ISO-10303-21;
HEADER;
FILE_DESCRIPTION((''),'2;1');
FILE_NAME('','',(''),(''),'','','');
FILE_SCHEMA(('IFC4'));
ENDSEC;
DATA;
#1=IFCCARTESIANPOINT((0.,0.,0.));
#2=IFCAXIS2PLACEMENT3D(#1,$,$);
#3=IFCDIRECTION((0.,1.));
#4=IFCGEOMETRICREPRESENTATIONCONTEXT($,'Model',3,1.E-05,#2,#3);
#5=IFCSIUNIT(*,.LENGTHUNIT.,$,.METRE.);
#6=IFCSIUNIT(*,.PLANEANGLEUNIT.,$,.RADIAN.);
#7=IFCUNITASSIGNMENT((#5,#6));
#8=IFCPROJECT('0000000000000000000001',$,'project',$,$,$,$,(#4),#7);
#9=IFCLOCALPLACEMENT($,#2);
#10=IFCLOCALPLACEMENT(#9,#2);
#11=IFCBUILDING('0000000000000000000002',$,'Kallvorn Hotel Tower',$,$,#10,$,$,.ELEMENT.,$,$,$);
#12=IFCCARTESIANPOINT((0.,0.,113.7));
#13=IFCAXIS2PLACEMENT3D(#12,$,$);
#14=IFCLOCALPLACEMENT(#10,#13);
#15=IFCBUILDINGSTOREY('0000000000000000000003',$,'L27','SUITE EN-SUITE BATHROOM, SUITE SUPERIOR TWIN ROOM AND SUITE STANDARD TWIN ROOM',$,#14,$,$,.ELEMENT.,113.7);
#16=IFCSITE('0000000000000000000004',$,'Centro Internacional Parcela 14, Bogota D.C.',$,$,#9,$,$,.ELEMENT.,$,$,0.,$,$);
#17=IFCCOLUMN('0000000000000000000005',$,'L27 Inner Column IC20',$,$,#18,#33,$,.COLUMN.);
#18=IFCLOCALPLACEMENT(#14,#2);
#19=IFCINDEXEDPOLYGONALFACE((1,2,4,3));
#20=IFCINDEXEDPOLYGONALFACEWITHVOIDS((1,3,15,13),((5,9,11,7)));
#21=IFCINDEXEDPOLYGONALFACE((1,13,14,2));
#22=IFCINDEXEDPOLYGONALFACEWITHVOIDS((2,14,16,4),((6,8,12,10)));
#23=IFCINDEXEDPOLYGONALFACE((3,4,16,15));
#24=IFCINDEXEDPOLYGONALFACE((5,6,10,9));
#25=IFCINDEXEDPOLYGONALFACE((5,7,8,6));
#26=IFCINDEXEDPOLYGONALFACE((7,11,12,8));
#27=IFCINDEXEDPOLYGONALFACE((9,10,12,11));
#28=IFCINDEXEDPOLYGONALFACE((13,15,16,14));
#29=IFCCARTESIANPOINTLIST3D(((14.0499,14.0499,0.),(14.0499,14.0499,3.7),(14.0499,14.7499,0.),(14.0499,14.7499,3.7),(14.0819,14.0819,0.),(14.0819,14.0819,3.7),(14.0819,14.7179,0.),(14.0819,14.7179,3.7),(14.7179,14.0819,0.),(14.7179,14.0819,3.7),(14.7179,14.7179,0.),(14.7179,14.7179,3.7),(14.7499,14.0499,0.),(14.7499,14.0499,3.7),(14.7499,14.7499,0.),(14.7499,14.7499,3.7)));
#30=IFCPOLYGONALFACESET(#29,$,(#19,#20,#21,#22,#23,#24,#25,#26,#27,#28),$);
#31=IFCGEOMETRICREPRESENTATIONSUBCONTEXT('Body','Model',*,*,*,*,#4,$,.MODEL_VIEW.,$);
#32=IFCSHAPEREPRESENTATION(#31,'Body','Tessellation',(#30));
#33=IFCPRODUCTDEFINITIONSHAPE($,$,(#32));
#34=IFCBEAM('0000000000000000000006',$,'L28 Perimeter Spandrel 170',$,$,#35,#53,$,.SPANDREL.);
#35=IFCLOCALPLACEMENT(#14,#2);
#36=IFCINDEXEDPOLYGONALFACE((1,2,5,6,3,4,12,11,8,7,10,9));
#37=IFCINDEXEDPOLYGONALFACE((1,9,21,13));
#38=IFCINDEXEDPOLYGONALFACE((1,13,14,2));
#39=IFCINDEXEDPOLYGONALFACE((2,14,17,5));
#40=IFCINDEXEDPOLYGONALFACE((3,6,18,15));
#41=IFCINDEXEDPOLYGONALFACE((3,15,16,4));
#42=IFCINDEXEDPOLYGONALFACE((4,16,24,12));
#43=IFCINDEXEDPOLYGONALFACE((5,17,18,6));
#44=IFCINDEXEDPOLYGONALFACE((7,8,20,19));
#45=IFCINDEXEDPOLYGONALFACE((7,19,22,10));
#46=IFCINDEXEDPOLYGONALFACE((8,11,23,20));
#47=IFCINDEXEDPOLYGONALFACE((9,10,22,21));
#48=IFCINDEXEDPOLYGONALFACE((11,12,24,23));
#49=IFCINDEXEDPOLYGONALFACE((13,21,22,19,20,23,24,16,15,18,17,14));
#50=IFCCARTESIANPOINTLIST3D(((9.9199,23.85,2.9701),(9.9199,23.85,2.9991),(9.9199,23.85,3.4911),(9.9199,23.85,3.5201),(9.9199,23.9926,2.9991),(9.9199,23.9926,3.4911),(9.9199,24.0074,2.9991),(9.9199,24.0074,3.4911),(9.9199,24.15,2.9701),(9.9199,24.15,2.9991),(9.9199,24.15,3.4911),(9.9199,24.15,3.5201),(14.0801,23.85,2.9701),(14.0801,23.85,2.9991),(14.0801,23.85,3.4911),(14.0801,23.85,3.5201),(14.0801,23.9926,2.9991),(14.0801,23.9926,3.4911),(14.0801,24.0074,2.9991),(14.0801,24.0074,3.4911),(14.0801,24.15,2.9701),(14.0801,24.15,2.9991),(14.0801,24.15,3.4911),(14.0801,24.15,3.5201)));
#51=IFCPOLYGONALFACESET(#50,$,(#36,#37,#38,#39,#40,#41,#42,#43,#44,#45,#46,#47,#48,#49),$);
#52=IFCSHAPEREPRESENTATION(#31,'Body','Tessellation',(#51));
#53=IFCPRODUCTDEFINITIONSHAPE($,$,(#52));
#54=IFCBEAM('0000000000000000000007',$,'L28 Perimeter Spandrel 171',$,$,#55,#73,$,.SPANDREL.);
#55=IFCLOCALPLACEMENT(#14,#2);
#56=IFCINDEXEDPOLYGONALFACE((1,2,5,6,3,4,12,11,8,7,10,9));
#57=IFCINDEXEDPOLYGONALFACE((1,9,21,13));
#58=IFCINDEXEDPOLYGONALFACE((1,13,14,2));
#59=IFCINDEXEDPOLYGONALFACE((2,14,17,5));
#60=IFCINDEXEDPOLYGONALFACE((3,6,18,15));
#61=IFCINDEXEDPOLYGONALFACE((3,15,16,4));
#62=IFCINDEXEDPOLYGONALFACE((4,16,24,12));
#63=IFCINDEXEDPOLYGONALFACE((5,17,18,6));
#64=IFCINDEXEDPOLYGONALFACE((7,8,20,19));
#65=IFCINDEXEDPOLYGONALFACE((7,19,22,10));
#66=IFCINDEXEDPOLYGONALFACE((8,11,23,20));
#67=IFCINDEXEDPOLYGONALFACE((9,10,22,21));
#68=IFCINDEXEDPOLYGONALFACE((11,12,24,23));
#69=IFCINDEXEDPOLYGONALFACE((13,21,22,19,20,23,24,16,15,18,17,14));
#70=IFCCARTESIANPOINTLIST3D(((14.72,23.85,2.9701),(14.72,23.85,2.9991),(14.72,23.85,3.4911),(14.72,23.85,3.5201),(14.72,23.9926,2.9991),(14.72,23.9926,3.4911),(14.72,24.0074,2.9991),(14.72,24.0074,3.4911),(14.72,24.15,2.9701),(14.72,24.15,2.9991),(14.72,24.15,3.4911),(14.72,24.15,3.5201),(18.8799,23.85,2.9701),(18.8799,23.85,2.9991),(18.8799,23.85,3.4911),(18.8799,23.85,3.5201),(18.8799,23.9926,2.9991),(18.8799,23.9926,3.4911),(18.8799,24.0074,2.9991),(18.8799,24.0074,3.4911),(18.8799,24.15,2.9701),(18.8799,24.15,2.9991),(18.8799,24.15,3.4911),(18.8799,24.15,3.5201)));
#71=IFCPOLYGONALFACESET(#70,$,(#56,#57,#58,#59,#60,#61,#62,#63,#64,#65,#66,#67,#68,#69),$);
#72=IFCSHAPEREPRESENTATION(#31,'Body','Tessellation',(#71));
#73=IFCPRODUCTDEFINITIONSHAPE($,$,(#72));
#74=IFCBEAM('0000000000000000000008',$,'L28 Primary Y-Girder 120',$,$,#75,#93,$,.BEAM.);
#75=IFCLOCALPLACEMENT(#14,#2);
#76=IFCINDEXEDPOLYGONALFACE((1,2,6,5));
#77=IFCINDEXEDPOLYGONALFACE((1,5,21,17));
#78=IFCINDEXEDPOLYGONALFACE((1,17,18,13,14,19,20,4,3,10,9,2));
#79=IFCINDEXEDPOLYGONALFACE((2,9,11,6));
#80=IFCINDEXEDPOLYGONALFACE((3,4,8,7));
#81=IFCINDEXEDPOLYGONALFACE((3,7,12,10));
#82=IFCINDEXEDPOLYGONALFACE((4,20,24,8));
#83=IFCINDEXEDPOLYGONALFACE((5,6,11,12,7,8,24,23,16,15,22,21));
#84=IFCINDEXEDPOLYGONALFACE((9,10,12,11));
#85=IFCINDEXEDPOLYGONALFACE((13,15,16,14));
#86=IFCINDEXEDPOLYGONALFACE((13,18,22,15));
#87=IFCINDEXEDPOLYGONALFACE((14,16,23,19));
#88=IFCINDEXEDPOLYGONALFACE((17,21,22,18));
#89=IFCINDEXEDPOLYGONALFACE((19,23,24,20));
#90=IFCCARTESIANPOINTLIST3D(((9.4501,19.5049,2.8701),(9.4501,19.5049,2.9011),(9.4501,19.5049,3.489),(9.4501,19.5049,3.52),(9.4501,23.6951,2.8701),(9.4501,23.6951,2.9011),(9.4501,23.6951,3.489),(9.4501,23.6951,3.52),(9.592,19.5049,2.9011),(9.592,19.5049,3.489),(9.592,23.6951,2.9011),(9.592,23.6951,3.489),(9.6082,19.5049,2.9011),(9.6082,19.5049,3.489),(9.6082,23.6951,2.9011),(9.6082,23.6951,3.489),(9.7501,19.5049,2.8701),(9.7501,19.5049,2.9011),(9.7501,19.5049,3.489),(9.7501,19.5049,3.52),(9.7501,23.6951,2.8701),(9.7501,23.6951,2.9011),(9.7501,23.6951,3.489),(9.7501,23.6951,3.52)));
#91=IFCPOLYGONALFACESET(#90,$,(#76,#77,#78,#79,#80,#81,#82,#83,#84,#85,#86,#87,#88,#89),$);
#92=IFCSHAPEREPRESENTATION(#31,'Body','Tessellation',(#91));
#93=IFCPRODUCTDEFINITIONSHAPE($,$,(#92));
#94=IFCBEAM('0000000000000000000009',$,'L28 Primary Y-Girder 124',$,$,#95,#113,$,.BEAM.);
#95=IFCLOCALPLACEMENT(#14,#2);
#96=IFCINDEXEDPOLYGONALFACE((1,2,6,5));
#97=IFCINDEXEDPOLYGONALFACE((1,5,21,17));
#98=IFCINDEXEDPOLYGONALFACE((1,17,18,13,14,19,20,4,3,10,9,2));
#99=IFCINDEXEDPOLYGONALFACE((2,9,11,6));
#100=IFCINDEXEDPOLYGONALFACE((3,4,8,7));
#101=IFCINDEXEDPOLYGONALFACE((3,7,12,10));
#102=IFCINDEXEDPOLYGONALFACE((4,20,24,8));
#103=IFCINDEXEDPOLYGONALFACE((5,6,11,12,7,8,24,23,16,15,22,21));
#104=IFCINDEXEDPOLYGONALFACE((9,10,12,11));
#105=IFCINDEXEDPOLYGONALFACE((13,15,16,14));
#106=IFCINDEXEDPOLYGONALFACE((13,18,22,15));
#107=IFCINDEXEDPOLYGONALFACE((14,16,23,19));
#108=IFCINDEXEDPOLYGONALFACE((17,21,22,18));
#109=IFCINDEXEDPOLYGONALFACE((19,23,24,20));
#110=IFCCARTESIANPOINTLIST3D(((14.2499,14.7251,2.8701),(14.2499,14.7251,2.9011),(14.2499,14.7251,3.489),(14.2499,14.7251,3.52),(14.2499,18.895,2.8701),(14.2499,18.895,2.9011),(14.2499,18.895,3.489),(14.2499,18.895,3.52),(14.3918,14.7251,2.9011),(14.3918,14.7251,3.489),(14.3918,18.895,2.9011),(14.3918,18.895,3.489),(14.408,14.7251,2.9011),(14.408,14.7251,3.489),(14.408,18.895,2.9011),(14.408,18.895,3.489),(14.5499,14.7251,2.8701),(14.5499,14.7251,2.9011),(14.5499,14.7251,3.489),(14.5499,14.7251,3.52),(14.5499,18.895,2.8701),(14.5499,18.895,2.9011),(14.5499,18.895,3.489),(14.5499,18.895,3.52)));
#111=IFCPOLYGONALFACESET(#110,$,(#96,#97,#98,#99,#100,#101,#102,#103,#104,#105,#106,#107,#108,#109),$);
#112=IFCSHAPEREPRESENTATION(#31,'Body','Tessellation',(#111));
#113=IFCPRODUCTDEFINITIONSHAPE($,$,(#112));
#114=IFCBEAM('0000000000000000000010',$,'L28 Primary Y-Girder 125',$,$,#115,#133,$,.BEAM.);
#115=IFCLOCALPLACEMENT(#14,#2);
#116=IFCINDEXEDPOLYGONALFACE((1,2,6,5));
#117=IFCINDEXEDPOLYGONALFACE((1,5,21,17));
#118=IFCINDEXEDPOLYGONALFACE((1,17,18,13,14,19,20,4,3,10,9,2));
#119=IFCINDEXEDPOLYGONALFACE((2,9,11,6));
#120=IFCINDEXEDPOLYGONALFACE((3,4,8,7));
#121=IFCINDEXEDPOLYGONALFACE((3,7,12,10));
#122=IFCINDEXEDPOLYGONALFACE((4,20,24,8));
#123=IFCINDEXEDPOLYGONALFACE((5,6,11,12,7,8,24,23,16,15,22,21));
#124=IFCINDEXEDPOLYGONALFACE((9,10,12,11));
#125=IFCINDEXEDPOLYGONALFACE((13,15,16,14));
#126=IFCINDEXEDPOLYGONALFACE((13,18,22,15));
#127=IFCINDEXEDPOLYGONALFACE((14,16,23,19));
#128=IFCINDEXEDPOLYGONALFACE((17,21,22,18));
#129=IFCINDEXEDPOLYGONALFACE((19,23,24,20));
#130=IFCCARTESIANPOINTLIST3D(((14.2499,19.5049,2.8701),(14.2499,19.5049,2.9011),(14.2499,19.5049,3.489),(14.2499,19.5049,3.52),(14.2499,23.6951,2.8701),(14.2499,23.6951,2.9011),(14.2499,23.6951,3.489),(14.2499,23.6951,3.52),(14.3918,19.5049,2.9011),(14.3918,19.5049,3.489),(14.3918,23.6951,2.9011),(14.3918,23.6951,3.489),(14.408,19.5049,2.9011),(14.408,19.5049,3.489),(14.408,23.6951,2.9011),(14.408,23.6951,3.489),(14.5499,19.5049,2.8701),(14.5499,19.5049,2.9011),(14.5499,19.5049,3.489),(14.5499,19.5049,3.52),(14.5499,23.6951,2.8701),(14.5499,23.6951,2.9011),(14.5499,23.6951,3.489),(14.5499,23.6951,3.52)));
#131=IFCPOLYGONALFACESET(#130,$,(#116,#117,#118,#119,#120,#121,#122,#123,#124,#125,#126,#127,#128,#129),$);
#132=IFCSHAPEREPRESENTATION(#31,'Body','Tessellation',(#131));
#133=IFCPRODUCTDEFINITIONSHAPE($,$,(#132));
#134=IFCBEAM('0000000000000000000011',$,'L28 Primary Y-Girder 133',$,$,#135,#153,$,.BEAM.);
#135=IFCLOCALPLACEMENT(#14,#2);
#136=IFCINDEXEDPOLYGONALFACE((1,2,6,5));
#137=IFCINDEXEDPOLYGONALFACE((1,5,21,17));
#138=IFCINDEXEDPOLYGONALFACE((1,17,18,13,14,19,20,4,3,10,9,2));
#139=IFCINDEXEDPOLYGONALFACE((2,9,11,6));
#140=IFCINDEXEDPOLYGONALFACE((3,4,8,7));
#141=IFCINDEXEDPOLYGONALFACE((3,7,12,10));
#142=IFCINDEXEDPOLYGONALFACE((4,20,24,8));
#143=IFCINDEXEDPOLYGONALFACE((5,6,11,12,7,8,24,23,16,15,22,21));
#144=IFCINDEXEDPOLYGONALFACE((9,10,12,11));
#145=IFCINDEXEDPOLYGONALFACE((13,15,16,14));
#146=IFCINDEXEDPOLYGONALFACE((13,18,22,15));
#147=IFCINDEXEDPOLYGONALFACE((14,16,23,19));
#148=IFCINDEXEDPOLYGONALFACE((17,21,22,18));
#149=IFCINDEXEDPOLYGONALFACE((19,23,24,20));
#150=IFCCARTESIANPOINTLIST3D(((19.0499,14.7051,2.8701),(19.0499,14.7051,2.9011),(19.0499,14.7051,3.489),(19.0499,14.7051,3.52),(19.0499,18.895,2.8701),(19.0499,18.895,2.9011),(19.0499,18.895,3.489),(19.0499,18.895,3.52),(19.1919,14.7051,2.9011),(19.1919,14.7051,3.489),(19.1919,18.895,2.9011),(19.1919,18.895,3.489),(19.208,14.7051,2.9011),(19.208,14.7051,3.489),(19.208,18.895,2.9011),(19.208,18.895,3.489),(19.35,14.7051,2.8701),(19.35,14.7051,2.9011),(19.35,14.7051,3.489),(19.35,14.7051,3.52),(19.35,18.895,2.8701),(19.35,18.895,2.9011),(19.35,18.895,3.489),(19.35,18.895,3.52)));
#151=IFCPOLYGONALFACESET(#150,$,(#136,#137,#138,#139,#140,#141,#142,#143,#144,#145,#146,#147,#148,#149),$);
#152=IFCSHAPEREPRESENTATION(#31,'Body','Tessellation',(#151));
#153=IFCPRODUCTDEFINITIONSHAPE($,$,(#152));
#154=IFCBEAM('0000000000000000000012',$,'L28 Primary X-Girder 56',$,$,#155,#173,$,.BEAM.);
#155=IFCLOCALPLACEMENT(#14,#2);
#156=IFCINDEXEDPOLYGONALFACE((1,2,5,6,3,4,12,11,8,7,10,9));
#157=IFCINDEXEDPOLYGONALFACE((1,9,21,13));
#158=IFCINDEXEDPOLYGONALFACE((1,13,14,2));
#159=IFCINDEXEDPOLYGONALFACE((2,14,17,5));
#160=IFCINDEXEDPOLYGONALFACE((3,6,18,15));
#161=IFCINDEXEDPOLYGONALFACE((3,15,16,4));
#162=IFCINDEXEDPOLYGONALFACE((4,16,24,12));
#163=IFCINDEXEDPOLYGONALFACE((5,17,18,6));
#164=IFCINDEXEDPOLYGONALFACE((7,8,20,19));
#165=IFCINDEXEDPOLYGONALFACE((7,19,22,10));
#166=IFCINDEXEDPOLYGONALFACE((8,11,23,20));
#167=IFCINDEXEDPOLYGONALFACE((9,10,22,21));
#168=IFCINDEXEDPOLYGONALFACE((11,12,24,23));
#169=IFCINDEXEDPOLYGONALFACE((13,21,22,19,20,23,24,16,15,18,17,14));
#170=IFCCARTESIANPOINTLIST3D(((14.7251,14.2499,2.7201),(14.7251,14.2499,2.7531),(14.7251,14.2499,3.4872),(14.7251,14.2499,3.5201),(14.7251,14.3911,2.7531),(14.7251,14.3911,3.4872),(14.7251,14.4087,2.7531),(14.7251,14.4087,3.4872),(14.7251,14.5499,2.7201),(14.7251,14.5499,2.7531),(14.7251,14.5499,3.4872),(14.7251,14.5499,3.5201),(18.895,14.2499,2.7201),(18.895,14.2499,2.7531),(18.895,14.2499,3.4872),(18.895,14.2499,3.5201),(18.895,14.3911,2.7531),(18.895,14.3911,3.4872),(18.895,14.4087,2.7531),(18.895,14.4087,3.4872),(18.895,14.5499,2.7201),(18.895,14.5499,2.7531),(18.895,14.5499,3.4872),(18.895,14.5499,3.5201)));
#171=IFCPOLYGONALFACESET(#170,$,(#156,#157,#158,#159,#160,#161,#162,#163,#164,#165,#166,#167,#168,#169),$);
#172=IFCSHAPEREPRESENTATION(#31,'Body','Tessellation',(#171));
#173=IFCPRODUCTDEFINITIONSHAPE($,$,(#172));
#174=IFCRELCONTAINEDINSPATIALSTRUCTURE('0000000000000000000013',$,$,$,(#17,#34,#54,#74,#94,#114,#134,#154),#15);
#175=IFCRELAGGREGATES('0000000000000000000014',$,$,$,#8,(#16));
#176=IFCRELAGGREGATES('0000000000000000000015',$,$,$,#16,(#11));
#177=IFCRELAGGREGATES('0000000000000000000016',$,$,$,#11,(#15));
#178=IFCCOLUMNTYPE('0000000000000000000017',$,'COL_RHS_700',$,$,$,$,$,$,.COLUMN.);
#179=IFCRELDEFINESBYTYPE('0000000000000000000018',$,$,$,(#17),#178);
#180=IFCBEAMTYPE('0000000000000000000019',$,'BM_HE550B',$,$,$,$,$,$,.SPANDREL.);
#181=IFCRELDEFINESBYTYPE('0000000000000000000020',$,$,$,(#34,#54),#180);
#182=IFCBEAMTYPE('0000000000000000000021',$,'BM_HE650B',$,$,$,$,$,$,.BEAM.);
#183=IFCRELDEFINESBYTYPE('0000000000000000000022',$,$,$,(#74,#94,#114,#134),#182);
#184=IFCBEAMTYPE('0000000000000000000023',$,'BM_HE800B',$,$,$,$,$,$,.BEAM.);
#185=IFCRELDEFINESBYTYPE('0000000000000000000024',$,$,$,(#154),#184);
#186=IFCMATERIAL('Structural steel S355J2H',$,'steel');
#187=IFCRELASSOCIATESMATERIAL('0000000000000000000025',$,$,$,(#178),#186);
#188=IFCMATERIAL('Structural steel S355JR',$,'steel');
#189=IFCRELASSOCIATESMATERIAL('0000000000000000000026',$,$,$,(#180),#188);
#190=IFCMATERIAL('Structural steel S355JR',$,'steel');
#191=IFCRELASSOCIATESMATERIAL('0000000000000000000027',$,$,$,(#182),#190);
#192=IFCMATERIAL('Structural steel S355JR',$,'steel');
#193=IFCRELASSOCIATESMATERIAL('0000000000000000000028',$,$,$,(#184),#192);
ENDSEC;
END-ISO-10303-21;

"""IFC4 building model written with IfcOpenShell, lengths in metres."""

from ifc_helpers import new_model, si_unit, direction, frame, origin, origin_2d, place, context, subcontext, project, spatial, hollow_rectangle, i_section, extrude, material, material_profile, profile_set, type_object, element, save


model = new_model("IFC4")

# Units and contexts
model_context = context("Model", 3, precision=1e-05, world=origin(), true_north=direction((0.0, 1.0)))
body_context = subcontext(model_context, "Body", "Model", "MODEL_VIEW")
ifc_project = project(units=[si_unit("LENGTHUNIT", "METRE"), si_unit("PLANEANGLEUNIT", "RADIAN")], contexts=[model_context])

# Site, building, storey
site_placement = place(None, origin())
site = spatial("IfcSite", under=ifc_project, at=site_placement, Name="Centro Internacional Parcela 14, Bogota D.C.", CompositionType="ELEMENT", RefElevation=0.0)
building_placement = place(site_placement, origin())
building = spatial("IfcBuilding", under=site, at=building_placement, Name="Kallvorn Hotel Tower", CompositionType="ELEMENT")
storey_placement = place(building_placement, frame((0.0, 0.0, 113.7)))
storey = spatial("IfcBuildingStorey", under=building, at=storey_placement, Name="L27", Description="SUITE EN-SUITE BATHROOM, SUITE SUPERIOR TWIN ROOM AND SUITE STANDARD TWIN ROOM", CompositionType="ELEMENT", Elevation=113.7)

# Column
ifc_material_1 = material(Name="Structural steel S355J2H", Category="steel")
ifc_material_profile_1 = material_profile(ifc_material_1, hollow_rectangle(XDim=0.7, YDim=0.7, WallThickness=0.032, at=origin_2d()), Name="RHS 700x700x32")
ifc_profile_set_1 = profile_set([ifc_material_profile_1], Name="Structural steel S355J2H")
column_type_1 = type_object("IfcColumnType", Name="COL_RHS_700", PredefinedType="COLUMN", material=ifc_profile_set_1)
column_placement = place(storey_placement, frame((14.3999, 14.3999, 0.0), z_axis=(0.0, 0.0, 1.0), x_axis=(1.0, 0.0, 0.0)))
element("IfcColumn", 1, at=column_placement, inside=storey, type_object=column_type_1, Name="L27 Inner Column IC20", PredefinedType="COLUMN", context=body_context, shape_type="SweptSolid", body=[
    extrude(hollow_rectangle(XDim=0.7, YDim=0.7, WallThickness=0.032, at=origin_2d()), origin(), (0.0, 0.0, 1.0), 3.7),
])

# Beams
ifc_material_2 = material(Name="Structural steel S355JR", Category="steel")
ifc_material_profile_2 = material_profile(ifc_material_2, i_section(OverallWidth=0.3, OverallDepth=0.55, WebThickness=0.0149, FlangeThickness=0.0291, at=origin_2d()), Name="HE 550 B")
ifc_profile_set_2 = profile_set([ifc_material_profile_2], Name="Structural steel S355JR")
beam_type_1 = type_object("IfcBeamType", Name="BM_HE550B", PredefinedType="SPANDREL", material=ifc_profile_set_2)
beam_1_placement = place(storey_placement, frame((9.9199, 24.0, 3.2451), z_axis=(1.0, 0.0, 0.0), x_axis=(0.0, 1.0, 0.0)))
element("IfcBeam", 2, at=beam_1_placement, inside=storey, type_object=beam_type_1, Name="L28 Perimeter Spandrel 170", PredefinedType="SPANDREL", context=body_context, shape_type="SweptSolid", body=[
    extrude(i_section(OverallWidth=0.3, OverallDepth=0.55, WebThickness=0.0149, FlangeThickness=0.0291, at=origin_2d()), origin(), (0.0, 0.0, 1.0), 4.1602),
])
beam_2_placement = place(storey_placement, frame((14.72, 24.0, 3.2451), z_axis=(1.0, 0.0, 0.0), x_axis=(0.0, 1.0, 0.0)))
element("IfcBeam", 3, at=beam_2_placement, inside=storey, type_object=beam_type_1, Name="L28 Perimeter Spandrel 171", PredefinedType="SPANDREL", context=body_context, shape_type="SweptSolid", body=[
    extrude(i_section(OverallWidth=0.3, OverallDepth=0.55, WebThickness=0.0149, FlangeThickness=0.0291, at=origin_2d()), origin(), (0.0, 0.0, 1.0), 4.1599),
])
ifc_material_3 = material(Name="Structural steel S355JR", Category="steel")
ifc_material_profile_3 = material_profile(ifc_material_3, i_section(OverallWidth=0.3, OverallDepth=0.6499, WebThickness=0.0161, FlangeThickness=0.031, at=origin_2d()), Name="HE 650 B")
ifc_profile_set_3 = profile_set([ifc_material_profile_3], Name="Structural steel S355JR")
beam_type_2 = type_object("IfcBeamType", Name="BM_HE650B", PredefinedType="BEAM", material=ifc_profile_set_3)
beam_3_placement = place(storey_placement, frame((9.6001, 19.5049, 3.1951), z_axis=(0.0, 1.0, 0.0), x_axis=(-1.0, 0.0, 0.0)))
element("IfcBeam", 4, at=beam_3_placement, inside=storey, type_object=beam_type_2, Name="L28 Primary Y-Girder 120", PredefinedType="BEAM", context=body_context, shape_type="SweptSolid", body=[
    extrude(i_section(OverallWidth=0.3, OverallDepth=0.6499, WebThickness=0.0161, FlangeThickness=0.031, at=origin_2d()), origin(), (0.0, 0.0, 1.0), 4.1902),
])
beam_4_placement = place(storey_placement, frame((14.3999, 14.7251, 3.1951), z_axis=(0.0, 1.0, 0.0), x_axis=(-1.0, 0.0, 0.0)))
element("IfcBeam", 5, at=beam_4_placement, inside=storey, type_object=beam_type_2, Name="L28 Primary Y-Girder 124", PredefinedType="BEAM", context=body_context, shape_type="SweptSolid", body=[
    extrude(i_section(OverallWidth=0.3, OverallDepth=0.6499, WebThickness=0.0161, FlangeThickness=0.031, at=origin_2d()), origin(), (0.0, 0.0, 1.0), 4.1699),
])
beam_5_placement = place(storey_placement, frame((14.3999, 19.5049, 3.1951), z_axis=(0.0, 1.0, 0.0), x_axis=(-1.0, 0.0, 0.0)))
element("IfcBeam", 6, at=beam_5_placement, inside=storey, type_object=beam_type_2, Name="L28 Primary Y-Girder 125", PredefinedType="BEAM", context=body_context, shape_type="SweptSolid", body=[
    extrude(i_section(OverallWidth=0.3, OverallDepth=0.6499, WebThickness=0.0161, FlangeThickness=0.031, at=origin_2d()), origin(), (0.0, 0.0, 1.0), 4.1902),
])
beam_6_placement = place(storey_placement, frame((19.2, 14.7051, 3.1951), z_axis=(0.0, 1.0, 0.0), x_axis=(-1.0, 0.0, 0.0)))
element("IfcBeam", 7, at=beam_6_placement, inside=storey, type_object=beam_type_2, Name="L28 Primary Y-Girder 133", PredefinedType="BEAM", context=body_context, shape_type="SweptSolid", body=[
    extrude(i_section(OverallWidth=0.3, OverallDepth=0.6499, WebThickness=0.0161, FlangeThickness=0.031, at=origin_2d()), origin(), (0.0, 0.0, 1.0), 4.1899),
])
ifc_material_4 = material(Name="Structural steel S355JR", Category="steel")
ifc_material_profile_4 = material_profile(ifc_material_4, i_section(OverallWidth=0.3, OverallDepth=0.8, WebThickness=0.0176, FlangeThickness=0.033, at=origin_2d()), Name="HE 800 B")
ifc_profile_set_4 = profile_set([ifc_material_profile_4], Name="Structural steel S355JR")
beam_type_3 = type_object("IfcBeamType", Name="BM_HE800B", PredefinedType="BEAM", material=ifc_profile_set_4)
beam_7_placement = place(storey_placement, frame((14.7251, 14.3999, 3.1201), z_axis=(1.0, 0.0, 0.0), x_axis=(0.0, 1.0, 0.0)))
element("IfcBeam", 8, at=beam_7_placement, inside=storey, type_object=beam_type_3, Name="L28 Primary X-Girder 56", PredefinedType="BEAM", context=body_context, shape_type="SweptSolid", body=[
    extrude(i_section(OverallWidth=0.3, OverallDepth=0.8, WebThickness=0.0176, FlangeThickness=0.033, at=origin_2d()), origin(), (0.0, 0.0, 1.0), 4.1699),
])

save(model, "model.ifc")
